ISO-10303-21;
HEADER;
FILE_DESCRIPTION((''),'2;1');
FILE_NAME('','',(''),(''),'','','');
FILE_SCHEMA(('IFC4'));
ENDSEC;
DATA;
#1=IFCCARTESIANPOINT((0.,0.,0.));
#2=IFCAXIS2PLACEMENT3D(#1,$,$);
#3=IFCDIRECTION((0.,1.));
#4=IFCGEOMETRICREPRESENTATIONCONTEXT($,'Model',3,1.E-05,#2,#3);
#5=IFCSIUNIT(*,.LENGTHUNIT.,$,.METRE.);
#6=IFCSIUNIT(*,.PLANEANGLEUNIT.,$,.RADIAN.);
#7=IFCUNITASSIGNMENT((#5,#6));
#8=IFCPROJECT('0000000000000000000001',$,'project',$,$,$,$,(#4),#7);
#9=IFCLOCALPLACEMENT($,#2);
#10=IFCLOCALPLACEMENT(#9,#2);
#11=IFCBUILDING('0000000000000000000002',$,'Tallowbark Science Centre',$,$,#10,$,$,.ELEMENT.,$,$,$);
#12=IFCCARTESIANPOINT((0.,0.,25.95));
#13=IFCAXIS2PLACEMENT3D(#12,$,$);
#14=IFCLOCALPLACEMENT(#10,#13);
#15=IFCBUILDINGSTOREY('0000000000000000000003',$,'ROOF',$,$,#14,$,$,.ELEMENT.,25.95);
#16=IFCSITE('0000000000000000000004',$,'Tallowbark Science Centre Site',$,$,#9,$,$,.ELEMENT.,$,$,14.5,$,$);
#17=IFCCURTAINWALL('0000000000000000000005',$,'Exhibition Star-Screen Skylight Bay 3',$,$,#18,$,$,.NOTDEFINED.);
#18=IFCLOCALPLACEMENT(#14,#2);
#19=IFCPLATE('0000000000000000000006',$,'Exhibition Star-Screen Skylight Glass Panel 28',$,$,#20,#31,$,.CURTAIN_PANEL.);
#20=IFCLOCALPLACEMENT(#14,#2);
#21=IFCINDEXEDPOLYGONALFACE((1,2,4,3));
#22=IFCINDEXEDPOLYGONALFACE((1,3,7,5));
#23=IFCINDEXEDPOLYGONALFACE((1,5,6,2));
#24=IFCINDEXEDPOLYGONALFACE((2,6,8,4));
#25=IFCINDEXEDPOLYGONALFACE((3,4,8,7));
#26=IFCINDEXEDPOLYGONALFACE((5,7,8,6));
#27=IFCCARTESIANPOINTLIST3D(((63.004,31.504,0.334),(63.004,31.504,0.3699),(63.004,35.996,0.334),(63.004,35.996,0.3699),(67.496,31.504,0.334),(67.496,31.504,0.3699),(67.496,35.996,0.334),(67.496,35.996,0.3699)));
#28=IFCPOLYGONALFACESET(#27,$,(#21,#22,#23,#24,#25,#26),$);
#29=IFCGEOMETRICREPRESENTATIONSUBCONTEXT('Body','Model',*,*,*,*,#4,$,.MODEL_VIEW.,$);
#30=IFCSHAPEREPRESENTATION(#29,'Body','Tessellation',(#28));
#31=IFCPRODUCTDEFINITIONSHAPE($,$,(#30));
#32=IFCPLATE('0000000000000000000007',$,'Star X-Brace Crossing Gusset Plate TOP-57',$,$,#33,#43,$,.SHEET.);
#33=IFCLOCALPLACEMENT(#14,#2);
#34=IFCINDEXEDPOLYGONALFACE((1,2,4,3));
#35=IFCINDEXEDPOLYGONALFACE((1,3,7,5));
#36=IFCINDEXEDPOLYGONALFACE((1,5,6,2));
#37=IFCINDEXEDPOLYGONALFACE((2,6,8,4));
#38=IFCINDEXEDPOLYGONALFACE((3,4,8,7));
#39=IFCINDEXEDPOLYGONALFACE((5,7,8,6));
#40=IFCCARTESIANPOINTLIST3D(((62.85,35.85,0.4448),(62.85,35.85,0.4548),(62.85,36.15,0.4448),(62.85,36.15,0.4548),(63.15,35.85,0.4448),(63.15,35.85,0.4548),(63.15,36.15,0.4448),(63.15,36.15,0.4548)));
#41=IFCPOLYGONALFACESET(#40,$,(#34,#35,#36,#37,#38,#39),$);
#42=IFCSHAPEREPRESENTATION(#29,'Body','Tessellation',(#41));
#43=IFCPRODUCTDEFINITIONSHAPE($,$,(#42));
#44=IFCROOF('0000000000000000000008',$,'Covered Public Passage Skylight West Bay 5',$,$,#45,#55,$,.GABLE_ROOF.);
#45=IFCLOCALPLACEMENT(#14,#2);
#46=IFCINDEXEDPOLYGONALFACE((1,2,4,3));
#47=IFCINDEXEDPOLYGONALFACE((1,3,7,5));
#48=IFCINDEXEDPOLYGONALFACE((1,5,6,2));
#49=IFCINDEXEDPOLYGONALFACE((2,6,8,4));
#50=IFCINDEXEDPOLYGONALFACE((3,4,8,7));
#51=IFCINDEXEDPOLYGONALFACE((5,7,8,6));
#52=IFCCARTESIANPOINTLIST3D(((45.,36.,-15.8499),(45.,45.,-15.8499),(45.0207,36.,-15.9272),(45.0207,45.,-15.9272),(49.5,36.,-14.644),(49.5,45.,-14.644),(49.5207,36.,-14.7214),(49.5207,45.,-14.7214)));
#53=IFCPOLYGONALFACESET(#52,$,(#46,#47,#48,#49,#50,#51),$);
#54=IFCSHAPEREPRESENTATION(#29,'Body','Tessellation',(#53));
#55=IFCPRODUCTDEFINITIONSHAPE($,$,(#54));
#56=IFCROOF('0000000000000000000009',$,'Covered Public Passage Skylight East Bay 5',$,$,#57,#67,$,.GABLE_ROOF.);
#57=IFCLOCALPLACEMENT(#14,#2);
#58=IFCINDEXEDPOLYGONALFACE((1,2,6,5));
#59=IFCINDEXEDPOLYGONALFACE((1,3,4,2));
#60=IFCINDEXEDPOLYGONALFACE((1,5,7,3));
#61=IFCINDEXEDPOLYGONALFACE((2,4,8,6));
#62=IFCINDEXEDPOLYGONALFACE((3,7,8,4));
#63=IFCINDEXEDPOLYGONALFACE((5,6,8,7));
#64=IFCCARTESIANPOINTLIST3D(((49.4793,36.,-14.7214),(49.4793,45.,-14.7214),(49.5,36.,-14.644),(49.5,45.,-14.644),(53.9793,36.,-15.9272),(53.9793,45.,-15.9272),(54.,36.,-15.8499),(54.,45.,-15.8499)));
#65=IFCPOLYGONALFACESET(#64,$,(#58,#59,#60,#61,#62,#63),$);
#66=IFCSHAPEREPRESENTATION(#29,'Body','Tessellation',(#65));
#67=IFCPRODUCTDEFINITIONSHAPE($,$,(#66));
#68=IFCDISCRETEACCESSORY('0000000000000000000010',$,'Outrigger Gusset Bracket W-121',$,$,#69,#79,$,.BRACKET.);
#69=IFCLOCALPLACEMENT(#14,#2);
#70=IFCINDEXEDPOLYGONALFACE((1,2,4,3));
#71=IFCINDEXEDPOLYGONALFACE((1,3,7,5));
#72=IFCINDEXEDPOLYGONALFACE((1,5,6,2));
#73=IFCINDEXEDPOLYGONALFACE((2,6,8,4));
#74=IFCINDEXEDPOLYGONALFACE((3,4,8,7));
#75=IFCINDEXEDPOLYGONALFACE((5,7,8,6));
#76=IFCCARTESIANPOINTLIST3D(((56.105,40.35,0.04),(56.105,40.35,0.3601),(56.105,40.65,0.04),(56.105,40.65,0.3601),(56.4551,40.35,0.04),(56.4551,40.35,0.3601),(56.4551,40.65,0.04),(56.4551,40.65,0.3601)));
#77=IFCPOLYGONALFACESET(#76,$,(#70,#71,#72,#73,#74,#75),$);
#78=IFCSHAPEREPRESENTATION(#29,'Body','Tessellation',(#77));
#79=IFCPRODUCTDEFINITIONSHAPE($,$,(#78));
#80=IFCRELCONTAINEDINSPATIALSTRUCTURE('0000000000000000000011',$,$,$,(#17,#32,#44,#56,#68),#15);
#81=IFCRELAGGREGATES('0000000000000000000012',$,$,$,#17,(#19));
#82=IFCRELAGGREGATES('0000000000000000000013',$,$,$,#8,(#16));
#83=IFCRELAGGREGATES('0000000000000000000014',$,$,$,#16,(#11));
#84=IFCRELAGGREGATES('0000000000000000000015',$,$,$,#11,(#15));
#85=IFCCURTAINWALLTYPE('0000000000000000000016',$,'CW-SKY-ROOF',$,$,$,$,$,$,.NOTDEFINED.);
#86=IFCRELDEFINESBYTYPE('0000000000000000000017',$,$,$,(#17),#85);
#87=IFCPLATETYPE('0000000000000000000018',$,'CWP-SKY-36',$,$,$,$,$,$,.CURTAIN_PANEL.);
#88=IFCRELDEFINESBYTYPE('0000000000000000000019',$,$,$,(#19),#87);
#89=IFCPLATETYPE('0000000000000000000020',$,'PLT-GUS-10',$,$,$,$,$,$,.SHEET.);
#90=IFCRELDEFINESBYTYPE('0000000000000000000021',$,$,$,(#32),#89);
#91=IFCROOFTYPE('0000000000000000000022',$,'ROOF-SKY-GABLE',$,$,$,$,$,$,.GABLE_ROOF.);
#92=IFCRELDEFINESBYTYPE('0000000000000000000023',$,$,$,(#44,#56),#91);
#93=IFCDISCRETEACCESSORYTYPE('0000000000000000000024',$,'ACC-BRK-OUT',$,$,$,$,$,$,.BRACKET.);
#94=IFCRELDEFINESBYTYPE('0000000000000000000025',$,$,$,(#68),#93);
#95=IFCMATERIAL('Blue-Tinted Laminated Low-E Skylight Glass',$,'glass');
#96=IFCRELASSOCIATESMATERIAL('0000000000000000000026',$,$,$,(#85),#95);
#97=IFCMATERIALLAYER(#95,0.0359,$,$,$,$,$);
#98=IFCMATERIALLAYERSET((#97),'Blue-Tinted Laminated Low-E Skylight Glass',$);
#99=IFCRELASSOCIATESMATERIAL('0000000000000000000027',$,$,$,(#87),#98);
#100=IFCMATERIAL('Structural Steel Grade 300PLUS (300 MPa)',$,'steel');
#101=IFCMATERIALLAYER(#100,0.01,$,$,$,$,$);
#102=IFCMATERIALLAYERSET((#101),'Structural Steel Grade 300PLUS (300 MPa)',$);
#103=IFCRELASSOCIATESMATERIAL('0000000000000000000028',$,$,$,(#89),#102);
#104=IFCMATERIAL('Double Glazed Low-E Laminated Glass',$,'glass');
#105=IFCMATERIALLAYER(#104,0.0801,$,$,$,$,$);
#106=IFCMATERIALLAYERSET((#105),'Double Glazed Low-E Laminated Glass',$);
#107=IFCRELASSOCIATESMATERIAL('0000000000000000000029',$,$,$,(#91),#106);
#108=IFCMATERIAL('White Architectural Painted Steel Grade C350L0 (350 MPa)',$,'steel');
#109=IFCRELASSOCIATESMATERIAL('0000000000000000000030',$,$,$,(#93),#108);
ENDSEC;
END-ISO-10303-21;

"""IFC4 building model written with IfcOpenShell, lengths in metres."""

from ifc_helpers import new_model, si_unit, direction, frame, origin, origin_2d, place, context, subcontext, project, spatial, polyline, rectangle, outline, extrude, material, layer, layer_set, type_object, element, aggregate, save


model = new_model("IFC4")

# Units and contexts
model_context = context("Model", 3, precision=1e-05, world=origin(), true_north=direction((0.0, 1.0)))
body_context = subcontext(model_context, "Body", "Model", "MODEL_VIEW")
ifc_project = project(units=[si_unit("LENGTHUNIT", "METRE"), si_unit("PLANEANGLEUNIT", "RADIAN")], contexts=[model_context])

# Site, building, storey
site_placement = place(None, origin())
site = spatial("IfcSite", under=ifc_project, at=site_placement, Name="Tallowbark Science Centre Site", CompositionType="ELEMENT", RefElevation=14.5)
building_placement = place(site_placement, origin())
building = spatial("IfcBuilding", under=site, at=building_placement, Name="Tallowbark Science Centre", CompositionType="ELEMENT")
storey_placement = place(building_placement, frame((0.0, 0.0, 25.95)))
storey = spatial("IfcBuildingStorey", under=building, at=storey_placement, Name="ROOF", CompositionType="ELEMENT", Elevation=25.95)

# Shared definitions
ifc_material_1 = material(Name="White Architectural Painted Steel Grade C350L0 (350 MPa)", Category="steel")

# Curtain wall
ifc_material_2 = material(Name="Blue-Tinted Laminated Low-E Skylight Glass", Category="glass")
curtain_wall_type = type_object("IfcCurtainWallType", Name="CW-SKY-ROOF", PredefinedType="NOTDEFINED", material=ifc_material_2)
curtain_wall_1_placement = place(storey_placement, origin())
curtain_wall_1 = element("IfcCurtainWall", 1, at=curtain_wall_1_placement, inside=storey, type_object=curtain_wall_type, Name="Exhibition Star-Screen Skylight Bay 3", PredefinedType="NOTDEFINED")

# Plates
ifc_layer_1 = layer(ifc_material_2, 0.0359)
ifc_layer_set_1 = layer_set([ifc_layer_1], Name="Blue-Tinted Laminated Low-E Skylight Glass")
plate_type_1 = type_object("IfcPlateType", Name="CWP-SKY-36", PredefinedType="CURTAIN_PANEL", material=ifc_layer_set_1)
plate_1_placement = place(storey_placement, frame((65.25, 33.75, 0.334), z_axis=(0.0, 0.0, 1.0), x_axis=(1.0, 0.0, 0.0)))
plate_1 = element("IfcPlate", 2, at=plate_1_placement, type_object=plate_type_1, Name="Exhibition Star-Screen Skylight Glass Panel 28", PredefinedType="CURTAIN_PANEL", context=body_context, shape_type="SweptSolid", body=[
    extrude(rectangle(XDim=4.4919, YDim=4.4919, at=origin_2d()), origin(), (0.0, 0.0, 1.0), 0.0359),
])
aggregate(curtain_wall_1, [plate_1])
ifc_material_3 = material(Name="Structural Steel Grade 300PLUS (300 MPa)", Category="steel")
ifc_layer_2 = layer(ifc_material_3, 0.01)
ifc_layer_set_2 = layer_set([ifc_layer_2], Name="Structural Steel Grade 300PLUS (300 MPa)")
plate_type_2 = type_object("IfcPlateType", Name="PLT-GUS-10", PredefinedType="SHEET", material=ifc_layer_set_2)
plate_2_placement = place(storey_placement, frame((63.0, 36.0, 0.4448), z_axis=(0.0, 0.0, 1.0), x_axis=(1.0, 0.0, 0.0)))
element("IfcPlate", 3, at=plate_2_placement, inside=storey, type_object=plate_type_2, Name="Star X-Brace Crossing Gusset Plate TOP-57", PredefinedType="SHEET", context=body_context, shape_type="SweptSolid", body=[
    extrude(rectangle(XDim=0.3, YDim=0.3, at=origin_2d()), origin(), (0.0, 0.0, 1.0), 0.01),
])

# Roofs
ifc_material_4 = material(Name="Double Glazed Low-E Laminated Glass", Category="glass")
ifc_layer_3 = layer(ifc_material_4, 0.0801)
ifc_layer_set_3 = layer_set([ifc_layer_3], Name="Double Glazed Low-E Laminated Glass")
roof_type = type_object("IfcRoofType", Name="ROOF-SKY-GABLE", PredefinedType="GABLE_ROOF", material=ifc_layer_set_3)
for number, where, z_axis, x_axis, name in (
    (4, (45.0, 36.0, -15.8499), (-0.258827, 0.0, 0.965924), (0.965924, 0.0, 0.258827), "Covered Public Passage Skylight West Bay 5"),
    (5, (49.5, 36.0, -14.644), (0.258827, 0.0, 0.965924), (0.965924, 0.0, -0.258827), "Covered Public Passage Skylight East Bay 5"),
):
    element("IfcRoof", number, at=place(storey_placement, frame(where, z_axis=z_axis, x_axis=x_axis)), inside=storey, type_object=roof_type, Name=name, PredefinedType="GABLE_ROOF", context=body_context, shape_type="SweptSolid", body=[
        extrude(outline(polyline([(0.0, 0.0), (4.6588, 0.0), (4.6588, 9.0), (0.0, 9.0), (0.0, 0.0)])), origin(), (0.0, 0.0, -1.0), 0.0801),
    ])

# Discrete accessory
discrete_accessory_type = type_object("IfcDiscreteAccessoryType", Name="ACC-BRK-OUT", PredefinedType="BRACKET", material=ifc_material_1)
discrete_accessory_placement = place(storey_placement, frame((56.28, 40.5, 0.04), z_axis=(0.0, 0.0, 1.0), x_axis=(1.0, 0.0, 0.0)))
element("IfcDiscreteAccessory", 6, at=discrete_accessory_placement, inside=storey, type_object=discrete_accessory_type, Name="Outrigger Gusset Bracket W-121", PredefinedType="BRACKET", context=body_context, shape_type="SweptSolid", body=[
    extrude(rectangle(XDim=0.3501, YDim=0.3, at=origin_2d()), origin(), (0.0, 0.0, 1.0), 0.3201),
])

save(model, "model.ifc")
